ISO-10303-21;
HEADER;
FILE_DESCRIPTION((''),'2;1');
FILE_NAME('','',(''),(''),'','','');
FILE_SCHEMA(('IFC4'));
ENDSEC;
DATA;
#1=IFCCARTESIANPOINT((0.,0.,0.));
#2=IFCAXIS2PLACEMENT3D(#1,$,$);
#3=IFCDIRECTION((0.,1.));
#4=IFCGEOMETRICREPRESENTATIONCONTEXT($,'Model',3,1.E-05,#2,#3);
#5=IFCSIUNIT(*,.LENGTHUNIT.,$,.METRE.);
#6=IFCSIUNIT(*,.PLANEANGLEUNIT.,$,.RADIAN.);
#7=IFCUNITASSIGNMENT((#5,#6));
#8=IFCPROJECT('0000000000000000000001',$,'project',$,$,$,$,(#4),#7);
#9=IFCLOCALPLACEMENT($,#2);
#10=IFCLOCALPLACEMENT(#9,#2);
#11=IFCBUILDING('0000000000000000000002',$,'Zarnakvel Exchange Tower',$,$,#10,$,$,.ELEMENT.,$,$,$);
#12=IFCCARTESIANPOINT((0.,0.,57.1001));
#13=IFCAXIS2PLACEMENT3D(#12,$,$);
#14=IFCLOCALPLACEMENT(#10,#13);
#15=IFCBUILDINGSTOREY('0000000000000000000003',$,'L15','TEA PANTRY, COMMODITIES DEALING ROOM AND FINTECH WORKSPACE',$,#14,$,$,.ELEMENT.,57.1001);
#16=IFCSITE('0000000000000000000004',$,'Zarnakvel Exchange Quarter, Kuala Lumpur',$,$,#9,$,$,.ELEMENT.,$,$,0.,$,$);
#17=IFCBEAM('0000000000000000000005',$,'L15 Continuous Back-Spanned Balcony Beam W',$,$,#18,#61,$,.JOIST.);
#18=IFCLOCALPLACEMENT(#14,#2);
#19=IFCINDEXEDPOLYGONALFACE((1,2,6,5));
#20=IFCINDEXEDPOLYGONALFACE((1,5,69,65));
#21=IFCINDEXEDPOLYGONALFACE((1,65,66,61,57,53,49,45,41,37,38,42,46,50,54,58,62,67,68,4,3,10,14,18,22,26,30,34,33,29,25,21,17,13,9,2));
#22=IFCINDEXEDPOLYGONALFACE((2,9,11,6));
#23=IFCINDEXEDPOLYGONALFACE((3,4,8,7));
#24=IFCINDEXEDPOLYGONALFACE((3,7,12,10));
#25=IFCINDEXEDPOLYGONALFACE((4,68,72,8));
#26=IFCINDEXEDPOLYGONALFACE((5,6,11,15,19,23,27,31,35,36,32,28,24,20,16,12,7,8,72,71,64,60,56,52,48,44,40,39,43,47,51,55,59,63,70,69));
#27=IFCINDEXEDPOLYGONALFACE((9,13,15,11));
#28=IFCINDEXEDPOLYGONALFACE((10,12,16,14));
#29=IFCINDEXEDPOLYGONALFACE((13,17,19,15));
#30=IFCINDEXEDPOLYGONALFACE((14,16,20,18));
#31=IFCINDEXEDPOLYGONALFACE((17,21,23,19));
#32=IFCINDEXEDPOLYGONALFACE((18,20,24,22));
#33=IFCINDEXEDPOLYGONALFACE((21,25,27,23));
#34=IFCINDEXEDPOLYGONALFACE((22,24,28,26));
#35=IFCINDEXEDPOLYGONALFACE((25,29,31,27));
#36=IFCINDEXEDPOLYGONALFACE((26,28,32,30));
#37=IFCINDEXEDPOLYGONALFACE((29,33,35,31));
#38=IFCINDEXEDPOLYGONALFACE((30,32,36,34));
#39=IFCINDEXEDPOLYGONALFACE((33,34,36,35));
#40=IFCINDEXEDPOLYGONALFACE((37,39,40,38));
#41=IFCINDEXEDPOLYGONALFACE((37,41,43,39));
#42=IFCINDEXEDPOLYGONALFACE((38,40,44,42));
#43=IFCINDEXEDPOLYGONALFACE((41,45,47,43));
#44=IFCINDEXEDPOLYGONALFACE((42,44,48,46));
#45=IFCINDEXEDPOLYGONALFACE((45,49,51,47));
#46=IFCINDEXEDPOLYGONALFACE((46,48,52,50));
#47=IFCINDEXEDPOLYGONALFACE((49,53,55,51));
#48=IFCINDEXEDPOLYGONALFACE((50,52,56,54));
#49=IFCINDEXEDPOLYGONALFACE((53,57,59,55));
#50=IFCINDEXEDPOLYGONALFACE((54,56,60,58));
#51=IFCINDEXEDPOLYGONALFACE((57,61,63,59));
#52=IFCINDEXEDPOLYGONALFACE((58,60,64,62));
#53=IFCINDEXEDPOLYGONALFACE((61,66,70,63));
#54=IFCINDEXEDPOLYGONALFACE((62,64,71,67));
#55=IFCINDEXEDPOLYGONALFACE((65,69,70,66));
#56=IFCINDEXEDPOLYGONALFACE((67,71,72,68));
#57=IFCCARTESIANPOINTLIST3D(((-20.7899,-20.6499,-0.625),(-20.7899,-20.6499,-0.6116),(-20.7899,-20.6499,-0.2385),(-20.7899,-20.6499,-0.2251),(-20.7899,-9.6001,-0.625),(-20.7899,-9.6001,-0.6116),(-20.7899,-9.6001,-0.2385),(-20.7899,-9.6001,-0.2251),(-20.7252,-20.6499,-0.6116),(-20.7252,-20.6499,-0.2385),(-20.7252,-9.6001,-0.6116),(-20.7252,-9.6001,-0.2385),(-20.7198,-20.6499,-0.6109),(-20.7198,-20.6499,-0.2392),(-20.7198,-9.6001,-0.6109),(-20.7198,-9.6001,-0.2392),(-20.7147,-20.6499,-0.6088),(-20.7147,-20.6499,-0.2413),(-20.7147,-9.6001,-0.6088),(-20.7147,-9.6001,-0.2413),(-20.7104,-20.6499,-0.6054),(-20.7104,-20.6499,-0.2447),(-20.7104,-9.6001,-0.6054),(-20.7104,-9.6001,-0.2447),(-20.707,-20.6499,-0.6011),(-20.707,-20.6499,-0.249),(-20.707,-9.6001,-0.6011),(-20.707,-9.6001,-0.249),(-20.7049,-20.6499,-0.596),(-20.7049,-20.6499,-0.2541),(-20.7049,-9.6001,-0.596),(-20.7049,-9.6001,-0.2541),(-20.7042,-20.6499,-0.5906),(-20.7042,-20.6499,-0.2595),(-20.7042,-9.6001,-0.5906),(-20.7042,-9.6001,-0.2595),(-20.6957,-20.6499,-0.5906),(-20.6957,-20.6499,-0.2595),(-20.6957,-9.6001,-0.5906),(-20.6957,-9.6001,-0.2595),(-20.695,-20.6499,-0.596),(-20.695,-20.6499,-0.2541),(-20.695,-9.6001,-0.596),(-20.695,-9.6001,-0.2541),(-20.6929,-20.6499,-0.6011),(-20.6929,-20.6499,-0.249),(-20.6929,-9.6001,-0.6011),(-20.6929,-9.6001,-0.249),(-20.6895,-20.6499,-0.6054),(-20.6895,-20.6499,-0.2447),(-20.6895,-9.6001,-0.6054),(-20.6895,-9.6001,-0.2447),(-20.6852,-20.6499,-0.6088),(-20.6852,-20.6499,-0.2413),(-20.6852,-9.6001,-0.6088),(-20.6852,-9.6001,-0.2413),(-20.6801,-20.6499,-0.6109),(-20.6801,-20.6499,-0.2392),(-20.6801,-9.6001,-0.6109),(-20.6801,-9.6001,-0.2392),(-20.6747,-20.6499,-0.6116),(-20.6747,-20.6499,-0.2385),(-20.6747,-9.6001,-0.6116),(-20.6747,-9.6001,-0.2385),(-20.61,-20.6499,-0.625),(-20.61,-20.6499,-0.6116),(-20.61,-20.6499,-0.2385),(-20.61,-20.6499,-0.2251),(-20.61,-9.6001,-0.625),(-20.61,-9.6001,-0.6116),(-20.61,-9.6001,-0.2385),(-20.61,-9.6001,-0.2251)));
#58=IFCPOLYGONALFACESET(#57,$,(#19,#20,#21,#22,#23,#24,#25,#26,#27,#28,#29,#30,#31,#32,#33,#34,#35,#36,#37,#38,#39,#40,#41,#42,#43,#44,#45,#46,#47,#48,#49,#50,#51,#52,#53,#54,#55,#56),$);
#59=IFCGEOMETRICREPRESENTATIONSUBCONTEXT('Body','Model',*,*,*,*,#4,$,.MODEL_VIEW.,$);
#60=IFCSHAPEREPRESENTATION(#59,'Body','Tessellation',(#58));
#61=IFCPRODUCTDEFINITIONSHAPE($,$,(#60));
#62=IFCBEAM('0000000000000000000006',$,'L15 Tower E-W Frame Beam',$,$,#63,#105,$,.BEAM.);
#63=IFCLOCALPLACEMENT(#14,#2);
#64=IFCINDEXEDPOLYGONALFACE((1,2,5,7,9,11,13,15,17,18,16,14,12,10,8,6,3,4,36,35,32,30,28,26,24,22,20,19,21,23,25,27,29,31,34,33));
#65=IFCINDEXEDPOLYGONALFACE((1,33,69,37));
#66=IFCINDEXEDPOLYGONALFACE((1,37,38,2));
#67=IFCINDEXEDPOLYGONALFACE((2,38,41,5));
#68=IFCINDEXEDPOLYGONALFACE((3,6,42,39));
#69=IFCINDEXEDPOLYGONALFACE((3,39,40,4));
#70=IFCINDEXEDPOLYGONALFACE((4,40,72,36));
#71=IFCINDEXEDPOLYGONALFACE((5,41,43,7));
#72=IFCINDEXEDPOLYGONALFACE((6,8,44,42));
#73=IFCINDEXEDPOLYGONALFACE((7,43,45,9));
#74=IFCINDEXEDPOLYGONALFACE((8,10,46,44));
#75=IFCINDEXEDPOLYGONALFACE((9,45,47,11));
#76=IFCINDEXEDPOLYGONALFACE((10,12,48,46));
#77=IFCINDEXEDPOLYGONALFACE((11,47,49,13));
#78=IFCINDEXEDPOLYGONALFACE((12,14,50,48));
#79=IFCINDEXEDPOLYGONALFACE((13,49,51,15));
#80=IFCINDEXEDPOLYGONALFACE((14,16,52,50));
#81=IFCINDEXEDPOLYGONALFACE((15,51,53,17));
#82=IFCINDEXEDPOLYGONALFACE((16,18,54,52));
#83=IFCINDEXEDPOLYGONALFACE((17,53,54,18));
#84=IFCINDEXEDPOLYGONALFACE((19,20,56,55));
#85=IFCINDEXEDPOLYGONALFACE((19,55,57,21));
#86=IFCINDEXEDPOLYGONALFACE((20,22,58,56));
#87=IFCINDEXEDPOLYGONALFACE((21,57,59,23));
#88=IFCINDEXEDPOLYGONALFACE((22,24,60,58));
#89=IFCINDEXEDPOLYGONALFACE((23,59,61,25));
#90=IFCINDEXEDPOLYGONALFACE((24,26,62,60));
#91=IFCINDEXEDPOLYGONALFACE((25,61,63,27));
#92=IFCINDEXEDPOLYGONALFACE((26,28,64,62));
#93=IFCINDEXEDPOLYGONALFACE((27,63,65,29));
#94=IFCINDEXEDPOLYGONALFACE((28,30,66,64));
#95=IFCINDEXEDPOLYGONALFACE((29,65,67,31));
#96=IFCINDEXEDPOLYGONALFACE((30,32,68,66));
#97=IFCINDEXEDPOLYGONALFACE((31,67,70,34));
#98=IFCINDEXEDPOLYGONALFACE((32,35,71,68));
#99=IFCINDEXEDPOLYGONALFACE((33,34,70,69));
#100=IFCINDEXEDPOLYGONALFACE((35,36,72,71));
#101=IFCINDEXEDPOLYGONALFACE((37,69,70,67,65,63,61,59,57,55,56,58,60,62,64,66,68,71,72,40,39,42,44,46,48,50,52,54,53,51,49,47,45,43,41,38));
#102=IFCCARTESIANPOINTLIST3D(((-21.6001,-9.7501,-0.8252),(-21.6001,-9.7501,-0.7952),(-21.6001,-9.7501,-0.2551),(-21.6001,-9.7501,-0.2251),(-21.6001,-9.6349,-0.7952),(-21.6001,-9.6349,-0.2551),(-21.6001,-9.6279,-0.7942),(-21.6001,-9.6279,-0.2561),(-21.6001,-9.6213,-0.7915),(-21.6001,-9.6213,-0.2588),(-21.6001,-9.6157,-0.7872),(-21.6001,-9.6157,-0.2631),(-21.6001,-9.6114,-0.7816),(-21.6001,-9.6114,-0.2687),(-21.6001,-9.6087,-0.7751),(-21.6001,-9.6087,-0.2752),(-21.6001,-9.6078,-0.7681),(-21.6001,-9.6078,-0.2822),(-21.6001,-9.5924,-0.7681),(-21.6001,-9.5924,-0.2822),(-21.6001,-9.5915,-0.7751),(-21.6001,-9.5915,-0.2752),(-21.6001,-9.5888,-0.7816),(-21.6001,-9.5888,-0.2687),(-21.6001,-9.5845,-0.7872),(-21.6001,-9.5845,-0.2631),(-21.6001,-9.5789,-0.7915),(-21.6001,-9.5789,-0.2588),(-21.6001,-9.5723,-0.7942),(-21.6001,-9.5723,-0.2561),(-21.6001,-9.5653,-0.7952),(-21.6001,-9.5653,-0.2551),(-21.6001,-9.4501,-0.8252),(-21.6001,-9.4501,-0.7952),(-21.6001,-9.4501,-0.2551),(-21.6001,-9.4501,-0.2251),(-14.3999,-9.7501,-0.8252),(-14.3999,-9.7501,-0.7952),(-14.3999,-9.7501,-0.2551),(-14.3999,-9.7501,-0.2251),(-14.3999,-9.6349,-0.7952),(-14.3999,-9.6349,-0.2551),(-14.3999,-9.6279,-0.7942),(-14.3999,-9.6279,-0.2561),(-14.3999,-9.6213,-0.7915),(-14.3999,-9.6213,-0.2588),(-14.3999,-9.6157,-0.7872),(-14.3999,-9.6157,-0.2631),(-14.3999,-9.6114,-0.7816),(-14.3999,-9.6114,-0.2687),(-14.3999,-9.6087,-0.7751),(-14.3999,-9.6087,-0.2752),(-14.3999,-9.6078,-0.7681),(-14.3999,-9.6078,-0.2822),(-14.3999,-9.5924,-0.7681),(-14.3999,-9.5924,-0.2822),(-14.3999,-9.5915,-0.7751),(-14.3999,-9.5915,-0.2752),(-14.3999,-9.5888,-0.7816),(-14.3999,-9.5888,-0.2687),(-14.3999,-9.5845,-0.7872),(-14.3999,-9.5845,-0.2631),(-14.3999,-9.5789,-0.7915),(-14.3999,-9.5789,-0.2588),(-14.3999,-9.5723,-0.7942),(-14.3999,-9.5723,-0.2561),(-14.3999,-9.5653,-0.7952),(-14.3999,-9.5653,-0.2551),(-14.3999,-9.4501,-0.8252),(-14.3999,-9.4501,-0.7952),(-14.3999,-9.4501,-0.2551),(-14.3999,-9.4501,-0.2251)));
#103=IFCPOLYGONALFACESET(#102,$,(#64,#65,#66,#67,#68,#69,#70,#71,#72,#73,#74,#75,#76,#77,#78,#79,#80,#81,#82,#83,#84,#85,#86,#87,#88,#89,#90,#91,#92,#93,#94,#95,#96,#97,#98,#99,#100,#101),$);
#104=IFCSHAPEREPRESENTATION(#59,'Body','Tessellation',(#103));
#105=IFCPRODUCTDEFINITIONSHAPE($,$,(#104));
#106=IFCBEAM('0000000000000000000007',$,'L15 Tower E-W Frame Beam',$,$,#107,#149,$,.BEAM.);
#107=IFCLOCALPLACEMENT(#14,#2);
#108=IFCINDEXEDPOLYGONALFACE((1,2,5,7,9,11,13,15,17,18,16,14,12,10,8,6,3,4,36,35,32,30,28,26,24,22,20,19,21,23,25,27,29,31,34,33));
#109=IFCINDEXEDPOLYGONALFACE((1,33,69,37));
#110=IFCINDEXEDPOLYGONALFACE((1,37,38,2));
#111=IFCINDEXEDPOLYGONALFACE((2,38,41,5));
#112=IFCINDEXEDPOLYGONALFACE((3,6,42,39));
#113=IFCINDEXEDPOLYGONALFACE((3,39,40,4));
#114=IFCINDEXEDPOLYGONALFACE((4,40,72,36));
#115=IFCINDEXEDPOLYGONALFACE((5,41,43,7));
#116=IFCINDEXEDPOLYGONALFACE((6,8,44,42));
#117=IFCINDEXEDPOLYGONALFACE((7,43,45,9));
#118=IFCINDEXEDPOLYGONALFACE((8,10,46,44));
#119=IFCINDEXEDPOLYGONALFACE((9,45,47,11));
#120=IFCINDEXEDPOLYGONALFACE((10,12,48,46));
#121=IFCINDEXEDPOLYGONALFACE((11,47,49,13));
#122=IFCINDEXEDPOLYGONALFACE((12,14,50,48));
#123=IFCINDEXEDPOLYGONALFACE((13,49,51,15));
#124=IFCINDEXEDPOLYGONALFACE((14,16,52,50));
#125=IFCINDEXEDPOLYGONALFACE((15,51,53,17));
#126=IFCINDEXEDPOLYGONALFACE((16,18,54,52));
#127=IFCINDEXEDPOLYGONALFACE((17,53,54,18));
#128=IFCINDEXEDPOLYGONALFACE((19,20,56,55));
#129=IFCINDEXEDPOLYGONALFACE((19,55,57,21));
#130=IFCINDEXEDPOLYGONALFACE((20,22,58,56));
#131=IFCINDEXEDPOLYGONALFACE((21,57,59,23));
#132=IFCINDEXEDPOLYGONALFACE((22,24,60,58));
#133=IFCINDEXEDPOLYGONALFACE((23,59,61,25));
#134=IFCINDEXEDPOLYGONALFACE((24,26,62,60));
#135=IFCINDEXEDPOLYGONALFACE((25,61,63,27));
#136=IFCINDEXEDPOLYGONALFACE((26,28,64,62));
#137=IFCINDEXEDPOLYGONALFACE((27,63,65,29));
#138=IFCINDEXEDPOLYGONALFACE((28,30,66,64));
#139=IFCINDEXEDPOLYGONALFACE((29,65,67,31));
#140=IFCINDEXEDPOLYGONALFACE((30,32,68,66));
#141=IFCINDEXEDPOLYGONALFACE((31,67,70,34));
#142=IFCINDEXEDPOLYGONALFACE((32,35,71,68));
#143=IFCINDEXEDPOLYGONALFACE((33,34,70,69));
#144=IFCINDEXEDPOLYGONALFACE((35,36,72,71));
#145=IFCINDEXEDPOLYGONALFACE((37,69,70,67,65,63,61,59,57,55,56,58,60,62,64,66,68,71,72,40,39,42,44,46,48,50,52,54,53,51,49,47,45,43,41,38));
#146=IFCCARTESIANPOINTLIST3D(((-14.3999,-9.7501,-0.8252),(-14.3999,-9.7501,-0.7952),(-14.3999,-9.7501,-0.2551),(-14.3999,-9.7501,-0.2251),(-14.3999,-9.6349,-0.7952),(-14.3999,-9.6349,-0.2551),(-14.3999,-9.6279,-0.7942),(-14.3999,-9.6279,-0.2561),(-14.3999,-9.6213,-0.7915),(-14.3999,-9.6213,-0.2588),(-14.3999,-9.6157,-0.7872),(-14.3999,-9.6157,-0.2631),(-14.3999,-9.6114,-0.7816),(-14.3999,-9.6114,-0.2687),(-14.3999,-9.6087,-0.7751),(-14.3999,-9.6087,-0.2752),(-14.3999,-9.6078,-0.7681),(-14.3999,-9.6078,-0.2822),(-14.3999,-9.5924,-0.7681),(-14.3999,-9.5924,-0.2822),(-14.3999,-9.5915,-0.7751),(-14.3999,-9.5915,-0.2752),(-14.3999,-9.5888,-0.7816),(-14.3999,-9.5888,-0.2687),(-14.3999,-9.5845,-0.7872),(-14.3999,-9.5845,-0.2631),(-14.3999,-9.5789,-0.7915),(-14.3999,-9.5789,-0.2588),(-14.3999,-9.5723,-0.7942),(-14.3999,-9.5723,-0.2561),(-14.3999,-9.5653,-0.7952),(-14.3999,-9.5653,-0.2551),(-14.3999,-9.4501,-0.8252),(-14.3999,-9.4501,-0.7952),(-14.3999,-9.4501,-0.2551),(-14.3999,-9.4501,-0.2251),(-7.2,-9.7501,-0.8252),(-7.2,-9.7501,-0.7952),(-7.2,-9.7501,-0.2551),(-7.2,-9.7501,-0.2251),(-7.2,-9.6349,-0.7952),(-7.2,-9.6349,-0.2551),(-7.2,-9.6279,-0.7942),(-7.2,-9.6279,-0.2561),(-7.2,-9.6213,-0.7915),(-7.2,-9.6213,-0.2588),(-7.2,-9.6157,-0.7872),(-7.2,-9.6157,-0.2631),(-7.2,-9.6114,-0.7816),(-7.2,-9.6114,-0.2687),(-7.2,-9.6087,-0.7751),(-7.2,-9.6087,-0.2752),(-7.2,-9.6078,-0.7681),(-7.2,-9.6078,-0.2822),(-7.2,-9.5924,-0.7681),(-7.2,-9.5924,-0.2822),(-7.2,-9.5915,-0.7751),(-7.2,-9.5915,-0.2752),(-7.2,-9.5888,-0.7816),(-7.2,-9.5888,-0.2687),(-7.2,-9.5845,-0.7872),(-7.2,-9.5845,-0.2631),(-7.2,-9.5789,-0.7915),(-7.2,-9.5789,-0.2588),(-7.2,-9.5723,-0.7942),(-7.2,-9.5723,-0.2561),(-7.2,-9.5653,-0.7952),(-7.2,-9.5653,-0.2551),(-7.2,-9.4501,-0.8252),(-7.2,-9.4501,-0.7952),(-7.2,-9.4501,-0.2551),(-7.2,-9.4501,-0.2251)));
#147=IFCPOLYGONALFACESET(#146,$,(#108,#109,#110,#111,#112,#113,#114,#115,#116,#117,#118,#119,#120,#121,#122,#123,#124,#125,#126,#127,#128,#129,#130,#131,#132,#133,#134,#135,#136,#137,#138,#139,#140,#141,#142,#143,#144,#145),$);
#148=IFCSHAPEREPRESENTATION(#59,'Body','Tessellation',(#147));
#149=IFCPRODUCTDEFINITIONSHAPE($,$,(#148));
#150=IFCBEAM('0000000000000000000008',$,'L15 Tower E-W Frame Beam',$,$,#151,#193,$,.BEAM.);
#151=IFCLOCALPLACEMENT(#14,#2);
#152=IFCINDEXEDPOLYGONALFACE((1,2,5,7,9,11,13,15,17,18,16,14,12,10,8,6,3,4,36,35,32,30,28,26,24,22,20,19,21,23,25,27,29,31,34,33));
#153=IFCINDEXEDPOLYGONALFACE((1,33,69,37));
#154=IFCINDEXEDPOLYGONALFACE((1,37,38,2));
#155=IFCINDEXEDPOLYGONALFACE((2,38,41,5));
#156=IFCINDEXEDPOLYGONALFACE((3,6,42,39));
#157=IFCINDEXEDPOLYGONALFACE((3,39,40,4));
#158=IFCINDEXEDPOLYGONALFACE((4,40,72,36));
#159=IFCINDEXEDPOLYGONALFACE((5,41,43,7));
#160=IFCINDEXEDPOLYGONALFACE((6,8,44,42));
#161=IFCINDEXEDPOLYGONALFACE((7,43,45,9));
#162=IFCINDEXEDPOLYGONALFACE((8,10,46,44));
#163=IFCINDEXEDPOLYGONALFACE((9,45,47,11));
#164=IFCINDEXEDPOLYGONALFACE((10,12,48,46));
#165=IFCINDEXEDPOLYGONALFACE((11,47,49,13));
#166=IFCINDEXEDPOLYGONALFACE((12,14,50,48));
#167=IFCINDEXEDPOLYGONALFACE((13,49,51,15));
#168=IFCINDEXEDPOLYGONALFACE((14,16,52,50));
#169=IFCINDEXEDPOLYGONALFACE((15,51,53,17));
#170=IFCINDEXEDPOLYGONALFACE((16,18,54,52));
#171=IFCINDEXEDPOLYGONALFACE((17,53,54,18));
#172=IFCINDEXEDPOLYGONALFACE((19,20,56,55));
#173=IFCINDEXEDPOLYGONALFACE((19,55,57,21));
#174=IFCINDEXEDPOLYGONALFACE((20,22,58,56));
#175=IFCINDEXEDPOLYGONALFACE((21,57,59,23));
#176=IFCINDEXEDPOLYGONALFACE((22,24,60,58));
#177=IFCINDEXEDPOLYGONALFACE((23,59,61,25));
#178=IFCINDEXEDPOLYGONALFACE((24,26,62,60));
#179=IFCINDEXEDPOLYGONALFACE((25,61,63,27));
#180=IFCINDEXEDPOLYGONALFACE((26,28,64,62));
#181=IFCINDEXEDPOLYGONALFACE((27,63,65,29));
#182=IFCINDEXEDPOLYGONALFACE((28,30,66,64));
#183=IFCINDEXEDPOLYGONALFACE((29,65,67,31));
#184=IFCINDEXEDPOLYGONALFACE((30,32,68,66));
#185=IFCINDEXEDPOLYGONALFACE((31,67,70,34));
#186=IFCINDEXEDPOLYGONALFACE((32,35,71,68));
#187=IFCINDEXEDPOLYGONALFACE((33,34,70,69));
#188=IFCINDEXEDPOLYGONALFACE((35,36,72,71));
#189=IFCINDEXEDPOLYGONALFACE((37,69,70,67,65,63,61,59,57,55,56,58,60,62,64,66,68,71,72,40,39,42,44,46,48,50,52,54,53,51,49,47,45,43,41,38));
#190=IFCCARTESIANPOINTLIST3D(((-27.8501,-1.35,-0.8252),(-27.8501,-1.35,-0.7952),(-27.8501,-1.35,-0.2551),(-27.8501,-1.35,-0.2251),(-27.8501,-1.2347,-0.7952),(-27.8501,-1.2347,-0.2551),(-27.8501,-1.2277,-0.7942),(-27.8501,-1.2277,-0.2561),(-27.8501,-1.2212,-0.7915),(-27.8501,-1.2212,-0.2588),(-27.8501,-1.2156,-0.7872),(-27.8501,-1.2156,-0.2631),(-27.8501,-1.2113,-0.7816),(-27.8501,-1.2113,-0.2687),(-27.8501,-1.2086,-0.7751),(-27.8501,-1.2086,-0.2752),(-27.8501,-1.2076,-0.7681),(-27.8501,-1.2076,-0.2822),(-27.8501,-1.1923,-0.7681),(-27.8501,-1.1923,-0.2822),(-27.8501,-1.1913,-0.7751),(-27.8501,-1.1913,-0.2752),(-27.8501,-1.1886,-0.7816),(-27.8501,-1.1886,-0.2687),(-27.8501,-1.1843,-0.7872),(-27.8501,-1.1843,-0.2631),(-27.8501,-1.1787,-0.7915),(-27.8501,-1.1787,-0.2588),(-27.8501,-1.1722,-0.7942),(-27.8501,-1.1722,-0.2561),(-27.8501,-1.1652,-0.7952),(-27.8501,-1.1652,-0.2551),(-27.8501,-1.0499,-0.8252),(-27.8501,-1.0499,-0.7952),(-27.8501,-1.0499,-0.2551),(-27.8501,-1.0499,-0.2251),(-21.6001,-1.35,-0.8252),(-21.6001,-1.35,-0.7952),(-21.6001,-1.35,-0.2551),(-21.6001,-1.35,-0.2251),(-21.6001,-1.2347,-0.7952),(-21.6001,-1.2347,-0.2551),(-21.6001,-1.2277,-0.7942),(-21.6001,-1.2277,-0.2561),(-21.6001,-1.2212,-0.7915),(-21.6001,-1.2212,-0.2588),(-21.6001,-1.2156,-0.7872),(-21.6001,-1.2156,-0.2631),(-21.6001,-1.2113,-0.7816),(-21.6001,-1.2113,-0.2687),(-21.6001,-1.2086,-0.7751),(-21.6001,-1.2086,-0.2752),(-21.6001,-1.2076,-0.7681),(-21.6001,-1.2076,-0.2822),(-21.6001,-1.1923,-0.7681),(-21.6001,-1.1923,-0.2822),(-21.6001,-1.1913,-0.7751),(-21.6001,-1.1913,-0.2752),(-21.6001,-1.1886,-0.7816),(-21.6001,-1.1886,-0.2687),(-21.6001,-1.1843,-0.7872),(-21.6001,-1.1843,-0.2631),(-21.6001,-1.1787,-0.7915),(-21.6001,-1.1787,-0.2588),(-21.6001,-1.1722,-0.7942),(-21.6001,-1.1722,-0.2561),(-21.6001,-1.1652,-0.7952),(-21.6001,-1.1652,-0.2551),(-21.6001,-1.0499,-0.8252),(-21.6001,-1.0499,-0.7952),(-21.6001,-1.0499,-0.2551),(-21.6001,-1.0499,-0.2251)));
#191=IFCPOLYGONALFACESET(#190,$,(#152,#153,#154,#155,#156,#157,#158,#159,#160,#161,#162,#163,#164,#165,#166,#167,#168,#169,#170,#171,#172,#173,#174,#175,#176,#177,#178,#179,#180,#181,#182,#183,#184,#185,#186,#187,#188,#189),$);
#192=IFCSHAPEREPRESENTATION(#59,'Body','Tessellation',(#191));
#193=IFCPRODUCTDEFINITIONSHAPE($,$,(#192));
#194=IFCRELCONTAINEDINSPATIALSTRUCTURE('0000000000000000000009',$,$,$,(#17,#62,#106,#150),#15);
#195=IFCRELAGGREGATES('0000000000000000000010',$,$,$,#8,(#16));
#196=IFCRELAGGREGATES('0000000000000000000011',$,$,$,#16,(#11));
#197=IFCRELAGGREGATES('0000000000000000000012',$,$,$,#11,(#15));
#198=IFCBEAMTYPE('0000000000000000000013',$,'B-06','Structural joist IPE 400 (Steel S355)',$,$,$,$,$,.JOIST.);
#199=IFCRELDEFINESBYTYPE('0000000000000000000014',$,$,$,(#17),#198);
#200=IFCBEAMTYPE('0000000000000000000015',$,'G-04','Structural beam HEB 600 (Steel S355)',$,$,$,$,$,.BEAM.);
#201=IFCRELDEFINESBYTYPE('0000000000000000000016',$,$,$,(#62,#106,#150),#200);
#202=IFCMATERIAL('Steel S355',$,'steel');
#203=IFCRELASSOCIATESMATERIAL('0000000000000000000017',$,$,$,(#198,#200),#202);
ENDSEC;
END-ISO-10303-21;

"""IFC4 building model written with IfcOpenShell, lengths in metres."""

from ifc_helpers import new_model, si_unit, direction, frame, origin, origin_2d, place, context, subcontext, project, spatial, i_section, extrude, material, material_profile, profile_set, type_object, element, save


model = new_model("IFC4")

# Units and contexts
model_context = context("Model", 3, precision=1e-05, world=origin(), true_north=direction((0.0, 1.0)))
body_context = subcontext(model_context, "Body", "Model", "MODEL_VIEW")
ifc_project = project(units=[si_unit("LENGTHUNIT", "METRE"), si_unit("PLANEANGLEUNIT", "RADIAN")], contexts=[model_context])

# Site, building, storey
site_placement = place(None, origin())
site = spatial("IfcSite", under=ifc_project, at=site_placement, Name="Zarnakvel Exchange Quarter, Kuala Lumpur", CompositionType="ELEMENT", RefElevation=0.0)
building_placement = place(site_placement, origin())
building = spatial("IfcBuilding", under=site, at=building_placement, Name="Zarnakvel Exchange Tower", CompositionType="ELEMENT")
storey_placement = place(building_placement, frame((0.0, 0.0, 57.1001)))
storey = spatial("IfcBuildingStorey", under=building, at=storey_placement, Name="L15", Description="TEA PANTRY, COMMODITIES DEALING ROOM AND FINTECH WORKSPACE", CompositionType="ELEMENT", Elevation=57.1001)

# Shared definitions
ifc_material_1 = material(Name="Steel S355", Category="steel")

# Beams
ifc_material_profile_1 = material_profile(ifc_material_1, i_section(OverallWidth=0.1799, OverallDepth=0.3999, WebThickness=0.0085, FlangeThickness=0.0134, FilletRadius=0.021, at=origin_2d()))
ifc_profile_set_1 = profile_set([ifc_material_profile_1], Name="Steel S355")
beam_type_1 = type_object("IfcBeamType", Name="B-06", Description="Structural joist IPE 400 (Steel S355)", PredefinedType="JOIST", material=ifc_profile_set_1)
beam_1_placement = place(storey_placement, frame((-20.7, -9.6001, -0.425), z_axis=(0.0, -1.0, 0.0), x_axis=(1.0, 0.0, 0.0)))
element("IfcBeam", 1, at=beam_1_placement, inside=storey, type_object=beam_type_1, Name="L15 Continuous Back-Spanned Balcony Beam W", PredefinedType="JOIST", context=body_context, shape_type="SweptSolid", body=[
    extrude(i_section(OverallWidth=0.1799, OverallDepth=0.3999, WebThickness=0.0085, FlangeThickness=0.0134, FilletRadius=0.021, at=origin_2d()), origin(), (0.0, 0.0, 1.0), 11.0498),
])
ifc_material_profile_2 = material_profile(ifc_material_1, i_section(OverallWidth=0.3, OverallDepth=0.6001, WebThickness=0.0154, FlangeThickness=0.03, FilletRadius=0.0271, at=origin_2d()))
ifc_profile_set_2 = profile_set([ifc_material_profile_2], Name="Steel S355")
beam_type_2 = type_object("IfcBeamType", Name="G-04", Description="Structural beam HEB 600 (Steel S355)", PredefinedType="BEAM", material=ifc_profile_set_2)
beam_2_placement = place(storey_placement, frame((-21.6001, -9.6001, -0.5251), z_axis=(1.0, 0.0, 0.0), x_axis=(0.0, 1.0, 0.0)))
element("IfcBeam", 2, at=beam_2_placement, inside=storey, type_object=beam_type_2, Name="L15 Tower E-W Frame Beam", PredefinedType="BEAM", context=body_context, shape_type="SweptSolid", body=[
    extrude(i_section(OverallWidth=0.3, OverallDepth=0.6001, WebThickness=0.0154, FlangeThickness=0.03, FilletRadius=0.0271, at=origin_2d()), origin(), (0.0, 0.0, 1.0), 7.2002),
])
beam_3_placement = place(storey_placement, frame((-14.3999, -9.6001, -0.5251), z_axis=(1.0, 0.0, 0.0), x_axis=(0.0, 1.0, 0.0)))
element("IfcBeam", 3, at=beam_3_placement, inside=storey, type_object=beam_type_2, Name="L15 Tower E-W Frame Beam", PredefinedType="BEAM", context=body_context, shape_type="SweptSolid", body=[
    extrude(i_section(OverallWidth=0.3, OverallDepth=0.6001, WebThickness=0.0154, FlangeThickness=0.03, FilletRadius=0.0271, at=origin_2d()), origin(), (0.0, 0.0, 1.0), 7.2),
])
beam_4_placement = place(storey_placement, frame((-27.8501, -1.2, -0.5251), z_axis=(1.0, 0.0, 0.0), x_axis=(0.0, 1.0, 0.0)))
element("IfcBeam", 4, at=beam_4_placement, inside=storey, type_object=beam_type_2, Name="L15 Tower E-W Frame Beam", PredefinedType="BEAM", context=body_context, shape_type="SweptSolid", body=[
    extrude(i_section(OverallWidth=0.3, OverallDepth=0.6001, WebThickness=0.0154, FlangeThickness=0.03, FilletRadius=0.0271, at=origin_2d()), origin(), (0.0, 0.0, 1.0), 6.25),
])

save(model, "model.ifc")
